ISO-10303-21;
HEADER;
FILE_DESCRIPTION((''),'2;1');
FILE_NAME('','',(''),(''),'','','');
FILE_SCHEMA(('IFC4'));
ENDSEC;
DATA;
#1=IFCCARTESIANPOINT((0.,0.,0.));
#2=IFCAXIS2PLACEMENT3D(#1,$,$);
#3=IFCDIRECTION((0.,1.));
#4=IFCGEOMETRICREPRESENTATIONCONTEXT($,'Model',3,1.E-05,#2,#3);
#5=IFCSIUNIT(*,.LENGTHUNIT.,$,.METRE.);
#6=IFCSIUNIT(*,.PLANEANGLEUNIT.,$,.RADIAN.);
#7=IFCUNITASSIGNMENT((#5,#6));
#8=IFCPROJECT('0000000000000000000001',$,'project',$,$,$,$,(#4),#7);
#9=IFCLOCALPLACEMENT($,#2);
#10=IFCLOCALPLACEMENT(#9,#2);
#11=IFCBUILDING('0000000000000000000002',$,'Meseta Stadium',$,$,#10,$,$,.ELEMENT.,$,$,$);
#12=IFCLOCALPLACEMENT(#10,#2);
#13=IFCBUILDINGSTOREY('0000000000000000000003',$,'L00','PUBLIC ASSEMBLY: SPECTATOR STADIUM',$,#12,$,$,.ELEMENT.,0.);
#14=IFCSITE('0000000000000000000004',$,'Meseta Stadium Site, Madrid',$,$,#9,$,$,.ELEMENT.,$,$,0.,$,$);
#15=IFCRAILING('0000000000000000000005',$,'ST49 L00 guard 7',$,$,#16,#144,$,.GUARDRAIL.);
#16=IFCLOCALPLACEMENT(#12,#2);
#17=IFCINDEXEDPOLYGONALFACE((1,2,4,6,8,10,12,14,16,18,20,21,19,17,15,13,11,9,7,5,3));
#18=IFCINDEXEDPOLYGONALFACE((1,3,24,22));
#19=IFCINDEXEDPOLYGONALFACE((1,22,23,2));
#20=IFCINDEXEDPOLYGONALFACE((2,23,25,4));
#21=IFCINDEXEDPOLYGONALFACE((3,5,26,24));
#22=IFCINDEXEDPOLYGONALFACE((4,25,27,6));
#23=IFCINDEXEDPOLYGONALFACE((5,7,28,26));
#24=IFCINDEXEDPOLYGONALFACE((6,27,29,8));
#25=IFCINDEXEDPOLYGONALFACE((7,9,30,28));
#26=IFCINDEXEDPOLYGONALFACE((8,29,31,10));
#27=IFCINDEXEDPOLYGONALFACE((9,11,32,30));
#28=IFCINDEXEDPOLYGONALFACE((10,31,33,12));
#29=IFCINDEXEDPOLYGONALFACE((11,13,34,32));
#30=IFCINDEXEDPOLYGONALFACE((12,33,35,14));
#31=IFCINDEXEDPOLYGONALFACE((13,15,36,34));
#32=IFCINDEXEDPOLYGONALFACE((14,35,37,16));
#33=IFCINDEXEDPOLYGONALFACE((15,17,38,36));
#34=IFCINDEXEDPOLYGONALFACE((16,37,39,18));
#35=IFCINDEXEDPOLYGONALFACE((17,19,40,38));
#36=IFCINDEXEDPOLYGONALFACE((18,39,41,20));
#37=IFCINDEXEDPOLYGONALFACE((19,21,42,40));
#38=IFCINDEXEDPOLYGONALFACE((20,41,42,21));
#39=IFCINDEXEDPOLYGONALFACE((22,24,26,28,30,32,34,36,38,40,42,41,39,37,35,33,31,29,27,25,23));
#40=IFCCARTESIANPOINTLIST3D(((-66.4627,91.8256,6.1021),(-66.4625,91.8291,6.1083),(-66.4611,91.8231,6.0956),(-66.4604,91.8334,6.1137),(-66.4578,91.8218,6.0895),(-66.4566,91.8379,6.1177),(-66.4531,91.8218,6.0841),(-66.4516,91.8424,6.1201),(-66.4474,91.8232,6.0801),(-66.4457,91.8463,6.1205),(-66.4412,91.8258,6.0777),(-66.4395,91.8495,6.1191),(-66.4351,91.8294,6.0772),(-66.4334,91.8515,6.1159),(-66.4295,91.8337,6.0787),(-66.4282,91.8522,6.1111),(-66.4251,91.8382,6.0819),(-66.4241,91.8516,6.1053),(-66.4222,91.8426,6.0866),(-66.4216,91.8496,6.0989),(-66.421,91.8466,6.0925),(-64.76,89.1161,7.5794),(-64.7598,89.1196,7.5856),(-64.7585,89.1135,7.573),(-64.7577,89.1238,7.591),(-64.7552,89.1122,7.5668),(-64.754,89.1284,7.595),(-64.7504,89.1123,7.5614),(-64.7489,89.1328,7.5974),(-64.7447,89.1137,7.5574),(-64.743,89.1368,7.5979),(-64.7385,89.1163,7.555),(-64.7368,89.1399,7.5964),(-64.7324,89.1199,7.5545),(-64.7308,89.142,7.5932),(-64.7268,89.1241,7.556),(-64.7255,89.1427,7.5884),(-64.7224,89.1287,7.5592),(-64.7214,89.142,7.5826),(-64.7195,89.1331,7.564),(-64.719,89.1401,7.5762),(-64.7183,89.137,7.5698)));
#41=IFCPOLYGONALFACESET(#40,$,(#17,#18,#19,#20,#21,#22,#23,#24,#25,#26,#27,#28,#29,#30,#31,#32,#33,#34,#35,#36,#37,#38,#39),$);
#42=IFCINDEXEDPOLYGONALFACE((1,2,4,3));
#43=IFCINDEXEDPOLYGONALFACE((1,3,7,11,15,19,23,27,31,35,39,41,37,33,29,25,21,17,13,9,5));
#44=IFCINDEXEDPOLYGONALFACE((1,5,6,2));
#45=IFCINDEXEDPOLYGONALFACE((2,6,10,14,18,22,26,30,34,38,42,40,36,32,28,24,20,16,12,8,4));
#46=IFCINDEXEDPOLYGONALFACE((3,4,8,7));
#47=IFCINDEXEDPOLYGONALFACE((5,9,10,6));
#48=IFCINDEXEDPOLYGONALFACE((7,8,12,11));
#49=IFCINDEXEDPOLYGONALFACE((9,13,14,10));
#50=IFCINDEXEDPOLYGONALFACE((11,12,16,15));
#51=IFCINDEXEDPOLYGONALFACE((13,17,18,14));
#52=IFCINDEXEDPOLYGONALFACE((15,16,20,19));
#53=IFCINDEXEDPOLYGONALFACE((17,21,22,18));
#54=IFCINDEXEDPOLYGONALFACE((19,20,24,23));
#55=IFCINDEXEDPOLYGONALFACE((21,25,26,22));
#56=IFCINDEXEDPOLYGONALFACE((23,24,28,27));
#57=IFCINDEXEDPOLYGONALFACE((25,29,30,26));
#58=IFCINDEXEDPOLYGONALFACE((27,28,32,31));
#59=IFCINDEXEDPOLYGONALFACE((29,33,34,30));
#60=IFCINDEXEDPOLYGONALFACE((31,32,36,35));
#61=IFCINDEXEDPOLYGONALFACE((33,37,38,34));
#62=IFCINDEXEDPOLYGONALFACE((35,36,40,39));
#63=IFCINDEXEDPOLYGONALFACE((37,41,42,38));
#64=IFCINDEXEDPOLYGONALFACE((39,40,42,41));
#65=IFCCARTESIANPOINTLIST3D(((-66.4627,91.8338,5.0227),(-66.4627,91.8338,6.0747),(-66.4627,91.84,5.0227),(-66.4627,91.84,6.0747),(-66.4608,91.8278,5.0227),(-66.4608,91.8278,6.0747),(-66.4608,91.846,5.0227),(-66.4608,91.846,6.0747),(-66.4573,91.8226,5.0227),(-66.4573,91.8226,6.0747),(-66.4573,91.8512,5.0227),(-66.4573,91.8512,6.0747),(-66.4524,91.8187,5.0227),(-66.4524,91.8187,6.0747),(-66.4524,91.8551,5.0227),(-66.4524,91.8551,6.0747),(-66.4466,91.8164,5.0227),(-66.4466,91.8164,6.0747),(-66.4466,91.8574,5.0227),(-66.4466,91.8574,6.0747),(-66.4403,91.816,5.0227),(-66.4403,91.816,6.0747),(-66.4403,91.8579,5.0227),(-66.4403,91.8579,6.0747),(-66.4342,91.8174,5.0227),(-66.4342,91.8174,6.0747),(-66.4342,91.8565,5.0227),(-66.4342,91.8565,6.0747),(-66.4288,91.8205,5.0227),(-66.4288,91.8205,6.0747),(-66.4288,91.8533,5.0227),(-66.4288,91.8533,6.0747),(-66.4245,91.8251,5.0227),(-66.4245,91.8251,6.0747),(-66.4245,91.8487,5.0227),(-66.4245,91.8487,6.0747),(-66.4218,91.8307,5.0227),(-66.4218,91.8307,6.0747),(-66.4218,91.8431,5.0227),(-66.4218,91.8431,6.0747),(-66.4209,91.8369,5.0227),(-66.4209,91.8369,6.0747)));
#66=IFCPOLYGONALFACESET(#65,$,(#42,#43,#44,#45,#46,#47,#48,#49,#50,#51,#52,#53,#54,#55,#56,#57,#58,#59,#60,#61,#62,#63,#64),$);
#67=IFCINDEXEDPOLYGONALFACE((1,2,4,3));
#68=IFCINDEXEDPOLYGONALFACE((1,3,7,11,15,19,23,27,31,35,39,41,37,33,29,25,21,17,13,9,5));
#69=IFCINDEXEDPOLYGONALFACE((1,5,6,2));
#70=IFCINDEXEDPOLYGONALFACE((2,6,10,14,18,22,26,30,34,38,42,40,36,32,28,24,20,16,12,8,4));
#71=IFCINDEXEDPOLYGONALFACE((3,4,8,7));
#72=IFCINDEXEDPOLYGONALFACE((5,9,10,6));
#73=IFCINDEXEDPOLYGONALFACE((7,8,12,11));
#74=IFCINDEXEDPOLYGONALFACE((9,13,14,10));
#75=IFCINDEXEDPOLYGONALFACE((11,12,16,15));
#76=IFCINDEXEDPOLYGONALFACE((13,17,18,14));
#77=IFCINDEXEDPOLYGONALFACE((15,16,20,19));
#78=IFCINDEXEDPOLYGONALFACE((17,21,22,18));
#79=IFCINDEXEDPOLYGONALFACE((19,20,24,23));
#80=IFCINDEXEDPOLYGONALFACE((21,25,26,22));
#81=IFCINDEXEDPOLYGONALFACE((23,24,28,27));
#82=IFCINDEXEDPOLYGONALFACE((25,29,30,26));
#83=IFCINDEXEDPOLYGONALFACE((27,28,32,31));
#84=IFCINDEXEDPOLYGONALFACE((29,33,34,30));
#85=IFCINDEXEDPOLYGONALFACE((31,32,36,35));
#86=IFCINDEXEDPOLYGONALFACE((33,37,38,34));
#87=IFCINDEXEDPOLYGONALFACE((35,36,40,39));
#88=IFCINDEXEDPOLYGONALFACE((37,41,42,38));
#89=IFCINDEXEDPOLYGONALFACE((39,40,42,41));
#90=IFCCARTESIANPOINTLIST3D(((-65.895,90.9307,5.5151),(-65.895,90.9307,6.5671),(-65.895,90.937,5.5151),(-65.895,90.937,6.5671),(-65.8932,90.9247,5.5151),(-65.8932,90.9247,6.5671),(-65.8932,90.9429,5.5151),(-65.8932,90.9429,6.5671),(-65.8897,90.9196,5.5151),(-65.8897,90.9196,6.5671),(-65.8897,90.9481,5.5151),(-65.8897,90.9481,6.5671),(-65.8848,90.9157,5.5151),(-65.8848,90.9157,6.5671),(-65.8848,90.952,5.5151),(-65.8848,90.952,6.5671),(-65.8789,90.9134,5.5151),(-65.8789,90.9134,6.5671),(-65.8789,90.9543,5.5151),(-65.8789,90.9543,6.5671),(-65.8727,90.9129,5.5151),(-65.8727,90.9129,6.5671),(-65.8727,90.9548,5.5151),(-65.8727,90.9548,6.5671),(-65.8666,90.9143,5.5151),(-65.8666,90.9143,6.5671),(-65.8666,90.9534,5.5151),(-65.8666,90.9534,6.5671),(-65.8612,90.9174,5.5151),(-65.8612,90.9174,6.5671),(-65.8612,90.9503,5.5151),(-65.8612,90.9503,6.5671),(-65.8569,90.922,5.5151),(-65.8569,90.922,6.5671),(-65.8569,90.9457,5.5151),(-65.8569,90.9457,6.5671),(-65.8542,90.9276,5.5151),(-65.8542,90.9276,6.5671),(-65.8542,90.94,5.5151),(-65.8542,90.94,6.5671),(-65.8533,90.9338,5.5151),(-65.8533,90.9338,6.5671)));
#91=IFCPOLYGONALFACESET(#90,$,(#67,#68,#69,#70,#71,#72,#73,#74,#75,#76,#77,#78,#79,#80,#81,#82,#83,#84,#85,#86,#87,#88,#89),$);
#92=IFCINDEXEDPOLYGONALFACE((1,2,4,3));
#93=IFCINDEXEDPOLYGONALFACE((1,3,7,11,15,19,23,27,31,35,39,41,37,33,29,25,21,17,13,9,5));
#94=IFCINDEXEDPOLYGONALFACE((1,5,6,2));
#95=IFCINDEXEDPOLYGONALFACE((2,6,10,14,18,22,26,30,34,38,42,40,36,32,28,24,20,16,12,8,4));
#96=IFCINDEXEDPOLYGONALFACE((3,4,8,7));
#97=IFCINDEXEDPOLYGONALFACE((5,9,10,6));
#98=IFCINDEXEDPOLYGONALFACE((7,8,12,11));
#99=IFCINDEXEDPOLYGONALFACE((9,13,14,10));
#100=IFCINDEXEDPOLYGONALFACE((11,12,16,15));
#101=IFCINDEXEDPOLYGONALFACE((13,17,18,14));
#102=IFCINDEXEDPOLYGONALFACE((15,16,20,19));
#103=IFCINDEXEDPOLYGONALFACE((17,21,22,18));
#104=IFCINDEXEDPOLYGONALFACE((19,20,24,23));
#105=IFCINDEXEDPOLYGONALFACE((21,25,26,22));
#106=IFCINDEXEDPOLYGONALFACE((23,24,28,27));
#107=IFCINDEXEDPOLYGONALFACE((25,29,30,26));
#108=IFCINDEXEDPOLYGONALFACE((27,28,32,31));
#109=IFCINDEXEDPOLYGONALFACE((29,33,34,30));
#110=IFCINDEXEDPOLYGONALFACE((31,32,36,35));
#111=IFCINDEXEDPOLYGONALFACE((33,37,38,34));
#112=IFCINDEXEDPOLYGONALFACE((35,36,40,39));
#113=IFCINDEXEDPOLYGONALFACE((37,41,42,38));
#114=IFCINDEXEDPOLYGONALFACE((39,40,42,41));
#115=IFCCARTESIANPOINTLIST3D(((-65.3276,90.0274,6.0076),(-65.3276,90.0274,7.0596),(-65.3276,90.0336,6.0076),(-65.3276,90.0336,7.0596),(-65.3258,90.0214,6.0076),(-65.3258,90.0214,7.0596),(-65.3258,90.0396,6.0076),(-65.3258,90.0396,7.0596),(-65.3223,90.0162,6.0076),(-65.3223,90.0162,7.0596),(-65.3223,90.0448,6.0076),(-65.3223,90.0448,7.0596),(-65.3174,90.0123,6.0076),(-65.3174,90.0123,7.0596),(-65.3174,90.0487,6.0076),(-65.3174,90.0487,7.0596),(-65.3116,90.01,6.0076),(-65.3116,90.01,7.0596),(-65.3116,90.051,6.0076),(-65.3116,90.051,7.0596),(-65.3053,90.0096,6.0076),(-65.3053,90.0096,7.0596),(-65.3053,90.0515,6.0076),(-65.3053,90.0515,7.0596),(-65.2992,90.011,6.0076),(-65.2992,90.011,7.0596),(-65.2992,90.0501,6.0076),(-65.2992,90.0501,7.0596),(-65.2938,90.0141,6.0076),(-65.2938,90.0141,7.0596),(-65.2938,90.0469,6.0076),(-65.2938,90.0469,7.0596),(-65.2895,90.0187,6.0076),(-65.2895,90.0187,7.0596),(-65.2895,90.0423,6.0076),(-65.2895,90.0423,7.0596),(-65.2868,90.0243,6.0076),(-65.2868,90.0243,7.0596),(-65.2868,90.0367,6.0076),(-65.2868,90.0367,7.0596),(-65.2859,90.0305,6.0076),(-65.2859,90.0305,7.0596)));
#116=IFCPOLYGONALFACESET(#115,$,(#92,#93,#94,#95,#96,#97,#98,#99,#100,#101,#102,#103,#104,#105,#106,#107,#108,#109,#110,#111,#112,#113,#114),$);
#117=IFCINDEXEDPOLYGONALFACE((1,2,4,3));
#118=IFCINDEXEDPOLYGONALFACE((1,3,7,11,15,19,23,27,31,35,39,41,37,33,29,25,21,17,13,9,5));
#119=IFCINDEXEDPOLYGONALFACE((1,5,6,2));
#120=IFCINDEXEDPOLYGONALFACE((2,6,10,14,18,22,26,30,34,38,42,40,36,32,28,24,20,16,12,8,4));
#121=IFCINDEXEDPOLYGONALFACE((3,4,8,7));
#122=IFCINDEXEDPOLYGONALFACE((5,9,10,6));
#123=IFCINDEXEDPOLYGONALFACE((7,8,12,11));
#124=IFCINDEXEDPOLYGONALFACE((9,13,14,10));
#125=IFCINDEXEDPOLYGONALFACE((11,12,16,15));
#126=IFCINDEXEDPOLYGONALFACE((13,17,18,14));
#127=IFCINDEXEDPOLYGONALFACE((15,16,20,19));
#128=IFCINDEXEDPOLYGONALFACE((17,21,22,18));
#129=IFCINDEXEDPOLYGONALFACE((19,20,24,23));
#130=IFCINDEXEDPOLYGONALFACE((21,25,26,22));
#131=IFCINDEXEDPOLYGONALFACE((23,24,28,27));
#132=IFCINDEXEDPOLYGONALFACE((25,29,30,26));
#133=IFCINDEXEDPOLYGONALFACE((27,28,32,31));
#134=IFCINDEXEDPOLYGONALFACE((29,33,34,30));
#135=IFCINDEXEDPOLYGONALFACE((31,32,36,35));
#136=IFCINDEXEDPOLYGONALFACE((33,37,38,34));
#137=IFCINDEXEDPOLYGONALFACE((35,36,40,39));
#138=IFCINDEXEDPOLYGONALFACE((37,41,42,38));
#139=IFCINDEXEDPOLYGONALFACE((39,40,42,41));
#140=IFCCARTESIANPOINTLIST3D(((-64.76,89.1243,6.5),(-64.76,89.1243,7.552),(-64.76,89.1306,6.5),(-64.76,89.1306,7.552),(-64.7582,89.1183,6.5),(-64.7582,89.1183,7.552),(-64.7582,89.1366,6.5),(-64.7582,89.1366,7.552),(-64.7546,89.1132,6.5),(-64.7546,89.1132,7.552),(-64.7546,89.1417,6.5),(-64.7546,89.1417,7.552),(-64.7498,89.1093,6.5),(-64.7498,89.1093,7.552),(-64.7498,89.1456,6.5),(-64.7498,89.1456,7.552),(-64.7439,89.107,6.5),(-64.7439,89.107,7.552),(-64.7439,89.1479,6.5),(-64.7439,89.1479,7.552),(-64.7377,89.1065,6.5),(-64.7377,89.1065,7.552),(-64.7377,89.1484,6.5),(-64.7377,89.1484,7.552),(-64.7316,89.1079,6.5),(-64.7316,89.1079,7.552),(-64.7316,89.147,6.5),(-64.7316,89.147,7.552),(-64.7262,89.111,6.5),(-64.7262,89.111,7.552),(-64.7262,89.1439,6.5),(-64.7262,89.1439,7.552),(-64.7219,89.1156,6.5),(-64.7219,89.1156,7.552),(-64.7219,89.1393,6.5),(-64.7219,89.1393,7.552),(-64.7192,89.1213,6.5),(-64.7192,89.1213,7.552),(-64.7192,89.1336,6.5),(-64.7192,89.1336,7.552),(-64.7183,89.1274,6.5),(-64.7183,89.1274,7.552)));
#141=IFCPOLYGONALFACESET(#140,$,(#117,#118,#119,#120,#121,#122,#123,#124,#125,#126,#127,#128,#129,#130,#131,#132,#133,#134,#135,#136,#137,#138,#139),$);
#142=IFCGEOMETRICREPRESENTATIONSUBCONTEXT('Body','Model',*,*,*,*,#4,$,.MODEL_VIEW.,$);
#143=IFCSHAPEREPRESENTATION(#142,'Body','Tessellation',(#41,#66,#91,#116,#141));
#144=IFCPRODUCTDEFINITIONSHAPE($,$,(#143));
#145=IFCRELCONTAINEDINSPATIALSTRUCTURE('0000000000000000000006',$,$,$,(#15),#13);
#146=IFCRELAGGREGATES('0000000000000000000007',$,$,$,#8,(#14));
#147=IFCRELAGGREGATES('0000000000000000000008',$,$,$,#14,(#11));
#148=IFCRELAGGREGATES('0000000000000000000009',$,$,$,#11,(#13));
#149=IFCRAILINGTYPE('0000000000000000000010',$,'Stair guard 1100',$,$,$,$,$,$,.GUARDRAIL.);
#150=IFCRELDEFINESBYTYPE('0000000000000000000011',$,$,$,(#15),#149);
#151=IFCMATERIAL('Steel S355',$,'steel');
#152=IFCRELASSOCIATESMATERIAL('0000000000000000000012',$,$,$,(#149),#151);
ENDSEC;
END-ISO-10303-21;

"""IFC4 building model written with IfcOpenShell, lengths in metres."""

from ifc_helpers import new_model, si_unit, direction, frame, origin, origin_2d, place, context, subcontext, project, spatial, circle, extrude, material, type_object, element, save


model = new_model("IFC4")

# Units and contexts
model_context = context("Model", 3, precision=1e-05, world=origin(), true_north=direction((0.0, 1.0)))
body_context = subcontext(model_context, "Body", "Model", "MODEL_VIEW")
ifc_project = project(units=[si_unit("LENGTHUNIT", "METRE"), si_unit("PLANEANGLEUNIT", "RADIAN")], contexts=[model_context])

# Site, building, storey
site_placement = place(None, origin())
site = spatial("IfcSite", under=ifc_project, at=site_placement, Name="Meseta Stadium Site, Madrid", CompositionType="ELEMENT", RefElevation=0.0)
building_placement = place(site_placement, origin())
building = spatial("IfcBuilding", under=site, at=building_placement, Name="Meseta Stadium", CompositionType="ELEMENT")
storey_placement = place(building_placement, origin())
storey = spatial("IfcBuildingStorey", under=building, at=storey_placement, Name="L00", Description="PUBLIC ASSEMBLY: SPECTATOR STADIUM", CompositionType="ELEMENT", Elevation=0.0)

# Railing
ifc_material_1 = material(Name="Steel S355", Category="steel")
railing_type_1 = type_object("IfcRailingType", Name="Stair guard 1100", PredefinedType="GUARDRAIL", material=ifc_material_1)
railing_1_placement = place(storey_placement, frame((-66.4419, 91.8369, 5.0227)))
element("IfcRailing", 1, at=railing_1_placement, inside=storey, type_object=railing_type_1, Name="ST49 L00 guard 7", PredefinedType="GUARDRAIL", context=body_context, shape_type="SweptSolid", body=[
    extrude(circle(Radius=0.0239, at=origin_2d()), frame((0.0, 0.0, 1.0762), z_axis=(0.483076, -0.768738, 0.419142), x_axis=(0.846701, 0.532068, 0.0)), (0.0, 0.0, 1.0), 3.5247),
    extrude(circle(Radius=0.021, at=origin_2d()), origin(), (0.0, 0.0, 1.0), 1.052),
    extrude(circle(Radius=0.021, at=origin_2d()), frame((0.5676, -0.9031, 0.4924)), (0.0, 0.0, 1.0), 1.052),
    extrude(circle(Radius=0.021, at=origin_2d()), frame((1.135, -1.8064, 0.9849)), (0.0, 0.0, 1.0), 1.052),
    extrude(circle(Radius=0.021, at=origin_2d()), frame((1.7026, -2.7095, 1.4773)), (0.0, 0.0, 1.0), 1.052),
])

save(model, "model.ifc")
